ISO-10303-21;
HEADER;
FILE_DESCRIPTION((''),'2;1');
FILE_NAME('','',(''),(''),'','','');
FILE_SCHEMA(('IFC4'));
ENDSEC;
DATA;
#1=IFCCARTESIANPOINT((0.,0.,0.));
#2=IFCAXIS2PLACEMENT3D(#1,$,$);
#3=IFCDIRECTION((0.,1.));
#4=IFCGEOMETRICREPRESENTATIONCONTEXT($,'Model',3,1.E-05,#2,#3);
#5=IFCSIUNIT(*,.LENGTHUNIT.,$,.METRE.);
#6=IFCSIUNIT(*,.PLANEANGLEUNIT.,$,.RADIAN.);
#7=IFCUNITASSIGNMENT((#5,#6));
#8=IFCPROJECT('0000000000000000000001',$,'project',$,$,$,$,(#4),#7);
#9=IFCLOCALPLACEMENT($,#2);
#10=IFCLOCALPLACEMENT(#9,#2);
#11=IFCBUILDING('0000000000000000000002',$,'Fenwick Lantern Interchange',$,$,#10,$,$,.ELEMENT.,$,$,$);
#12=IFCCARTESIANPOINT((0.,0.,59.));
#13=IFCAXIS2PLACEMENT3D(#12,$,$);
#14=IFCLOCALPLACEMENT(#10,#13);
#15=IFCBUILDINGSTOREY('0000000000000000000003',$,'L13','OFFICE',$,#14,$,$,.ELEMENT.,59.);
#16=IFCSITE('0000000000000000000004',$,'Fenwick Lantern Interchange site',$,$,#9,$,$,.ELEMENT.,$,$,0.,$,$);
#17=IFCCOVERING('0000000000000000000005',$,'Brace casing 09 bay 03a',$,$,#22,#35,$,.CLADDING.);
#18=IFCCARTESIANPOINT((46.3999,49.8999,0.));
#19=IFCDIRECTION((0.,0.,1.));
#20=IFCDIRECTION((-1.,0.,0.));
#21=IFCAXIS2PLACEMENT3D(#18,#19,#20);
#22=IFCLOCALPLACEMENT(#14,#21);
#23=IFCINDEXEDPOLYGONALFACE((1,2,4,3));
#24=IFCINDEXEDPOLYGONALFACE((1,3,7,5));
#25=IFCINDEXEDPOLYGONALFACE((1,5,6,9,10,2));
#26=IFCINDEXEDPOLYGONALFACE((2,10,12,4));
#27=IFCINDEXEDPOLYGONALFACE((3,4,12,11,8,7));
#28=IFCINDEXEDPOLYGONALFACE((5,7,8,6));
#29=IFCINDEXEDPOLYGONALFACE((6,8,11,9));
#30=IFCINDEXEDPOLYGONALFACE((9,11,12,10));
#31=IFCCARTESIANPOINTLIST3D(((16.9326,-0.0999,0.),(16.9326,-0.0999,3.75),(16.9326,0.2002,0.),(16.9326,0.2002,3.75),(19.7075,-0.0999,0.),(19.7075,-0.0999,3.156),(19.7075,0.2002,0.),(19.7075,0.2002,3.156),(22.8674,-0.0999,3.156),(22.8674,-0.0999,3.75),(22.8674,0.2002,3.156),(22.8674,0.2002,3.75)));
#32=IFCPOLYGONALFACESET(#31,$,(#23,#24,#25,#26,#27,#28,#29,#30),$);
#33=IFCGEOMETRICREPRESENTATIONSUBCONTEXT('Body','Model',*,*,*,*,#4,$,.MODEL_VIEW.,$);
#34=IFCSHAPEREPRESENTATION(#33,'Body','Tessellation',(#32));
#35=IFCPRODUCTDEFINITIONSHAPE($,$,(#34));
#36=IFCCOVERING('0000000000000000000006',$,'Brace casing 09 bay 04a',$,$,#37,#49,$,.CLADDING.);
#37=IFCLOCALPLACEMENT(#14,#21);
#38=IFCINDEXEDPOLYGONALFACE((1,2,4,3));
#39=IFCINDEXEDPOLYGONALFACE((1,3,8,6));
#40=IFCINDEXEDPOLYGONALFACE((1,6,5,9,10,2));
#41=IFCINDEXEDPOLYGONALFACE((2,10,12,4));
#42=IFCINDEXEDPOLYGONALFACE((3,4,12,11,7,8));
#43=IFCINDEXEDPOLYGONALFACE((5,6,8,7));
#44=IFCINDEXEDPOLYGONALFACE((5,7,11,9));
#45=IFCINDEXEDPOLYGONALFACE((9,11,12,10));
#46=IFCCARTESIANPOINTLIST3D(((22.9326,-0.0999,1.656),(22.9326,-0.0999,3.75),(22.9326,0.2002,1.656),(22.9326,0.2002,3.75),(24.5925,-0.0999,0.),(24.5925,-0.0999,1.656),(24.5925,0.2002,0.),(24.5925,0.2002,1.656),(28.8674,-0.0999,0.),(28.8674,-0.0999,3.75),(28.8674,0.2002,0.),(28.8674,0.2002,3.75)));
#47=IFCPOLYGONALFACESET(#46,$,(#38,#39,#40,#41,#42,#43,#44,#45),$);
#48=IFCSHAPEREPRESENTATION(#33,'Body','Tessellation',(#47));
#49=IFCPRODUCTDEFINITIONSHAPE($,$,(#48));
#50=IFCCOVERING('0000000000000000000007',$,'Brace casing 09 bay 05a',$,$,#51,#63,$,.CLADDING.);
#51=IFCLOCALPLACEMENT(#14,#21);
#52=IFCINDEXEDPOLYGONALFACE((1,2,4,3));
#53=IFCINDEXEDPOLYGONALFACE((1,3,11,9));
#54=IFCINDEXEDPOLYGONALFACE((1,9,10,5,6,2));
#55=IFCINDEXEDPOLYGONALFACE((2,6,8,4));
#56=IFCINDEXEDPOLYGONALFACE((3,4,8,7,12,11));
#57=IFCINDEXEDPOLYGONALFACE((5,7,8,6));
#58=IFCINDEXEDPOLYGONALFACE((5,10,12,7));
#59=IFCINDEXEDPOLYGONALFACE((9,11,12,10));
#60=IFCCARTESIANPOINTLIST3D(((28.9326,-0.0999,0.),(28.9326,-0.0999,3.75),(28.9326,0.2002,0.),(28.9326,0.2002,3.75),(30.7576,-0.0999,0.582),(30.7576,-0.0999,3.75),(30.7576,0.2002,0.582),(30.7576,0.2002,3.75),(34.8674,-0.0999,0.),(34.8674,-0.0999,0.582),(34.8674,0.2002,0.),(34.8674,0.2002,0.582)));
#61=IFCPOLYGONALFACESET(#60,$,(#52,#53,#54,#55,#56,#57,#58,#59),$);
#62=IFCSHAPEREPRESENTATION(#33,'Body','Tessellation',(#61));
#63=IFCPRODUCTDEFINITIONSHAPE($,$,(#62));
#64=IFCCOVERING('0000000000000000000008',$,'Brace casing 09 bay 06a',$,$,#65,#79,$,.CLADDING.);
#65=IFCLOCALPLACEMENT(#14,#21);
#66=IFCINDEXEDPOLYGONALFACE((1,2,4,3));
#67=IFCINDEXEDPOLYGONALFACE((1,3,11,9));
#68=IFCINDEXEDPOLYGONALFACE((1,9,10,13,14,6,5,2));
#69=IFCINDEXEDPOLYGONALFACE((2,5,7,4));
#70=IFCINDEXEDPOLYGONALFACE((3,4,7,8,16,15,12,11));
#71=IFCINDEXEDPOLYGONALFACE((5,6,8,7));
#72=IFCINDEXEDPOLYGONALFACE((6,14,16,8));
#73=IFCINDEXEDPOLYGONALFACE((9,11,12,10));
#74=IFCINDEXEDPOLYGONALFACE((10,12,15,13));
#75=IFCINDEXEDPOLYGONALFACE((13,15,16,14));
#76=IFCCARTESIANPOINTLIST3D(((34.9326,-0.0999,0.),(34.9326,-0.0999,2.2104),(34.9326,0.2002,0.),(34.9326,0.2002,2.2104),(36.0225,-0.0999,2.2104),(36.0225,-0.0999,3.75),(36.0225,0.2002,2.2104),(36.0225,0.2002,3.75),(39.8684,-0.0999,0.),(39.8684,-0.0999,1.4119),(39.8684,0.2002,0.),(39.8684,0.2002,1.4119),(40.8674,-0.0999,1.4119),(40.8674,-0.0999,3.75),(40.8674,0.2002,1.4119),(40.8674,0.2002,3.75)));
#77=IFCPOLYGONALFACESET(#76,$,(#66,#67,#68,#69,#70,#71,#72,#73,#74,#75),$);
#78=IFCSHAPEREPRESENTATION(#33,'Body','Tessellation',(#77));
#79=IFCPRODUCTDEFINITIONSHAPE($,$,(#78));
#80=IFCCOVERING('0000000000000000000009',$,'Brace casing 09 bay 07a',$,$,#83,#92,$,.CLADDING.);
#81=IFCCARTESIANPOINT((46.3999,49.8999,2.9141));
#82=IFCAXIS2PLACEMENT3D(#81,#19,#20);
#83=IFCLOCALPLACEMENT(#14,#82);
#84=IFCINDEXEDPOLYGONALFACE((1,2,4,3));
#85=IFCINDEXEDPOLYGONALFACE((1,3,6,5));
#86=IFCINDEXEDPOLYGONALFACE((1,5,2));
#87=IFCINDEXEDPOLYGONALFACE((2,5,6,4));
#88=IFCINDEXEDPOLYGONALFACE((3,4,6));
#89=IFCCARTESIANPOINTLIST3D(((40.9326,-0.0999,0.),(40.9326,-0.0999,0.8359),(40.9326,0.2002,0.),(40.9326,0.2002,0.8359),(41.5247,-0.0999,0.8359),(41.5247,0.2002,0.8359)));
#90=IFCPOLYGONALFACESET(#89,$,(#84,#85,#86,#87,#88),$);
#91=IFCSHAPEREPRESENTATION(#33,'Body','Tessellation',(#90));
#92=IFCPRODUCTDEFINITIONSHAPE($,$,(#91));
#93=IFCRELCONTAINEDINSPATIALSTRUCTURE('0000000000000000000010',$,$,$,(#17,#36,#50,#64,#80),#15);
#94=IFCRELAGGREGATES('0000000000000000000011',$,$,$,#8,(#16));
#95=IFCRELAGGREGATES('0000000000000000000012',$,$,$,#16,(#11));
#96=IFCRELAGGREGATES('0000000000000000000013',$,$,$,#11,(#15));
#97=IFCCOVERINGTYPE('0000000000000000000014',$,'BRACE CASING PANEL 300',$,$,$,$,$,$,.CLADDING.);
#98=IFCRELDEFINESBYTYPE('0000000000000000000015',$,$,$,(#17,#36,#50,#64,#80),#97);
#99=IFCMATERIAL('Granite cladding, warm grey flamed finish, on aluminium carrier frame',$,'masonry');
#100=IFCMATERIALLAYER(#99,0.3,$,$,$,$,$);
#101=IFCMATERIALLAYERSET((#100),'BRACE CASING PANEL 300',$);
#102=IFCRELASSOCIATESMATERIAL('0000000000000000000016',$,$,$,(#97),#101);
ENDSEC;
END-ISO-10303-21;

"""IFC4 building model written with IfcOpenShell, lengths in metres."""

from ifc_helpers import new_model, si_unit, direction, frame, origin, place, context, subcontext, project, spatial, polyline, outline, extrude, material, layer, layer_set, type_object, element, save


model = new_model("IFC4")

# Units and contexts
model_context = context("Model", 3, precision=1e-05, world=origin(), true_north=direction((0.0, 1.0)))
body_context = subcontext(model_context, "Body", "Model", "MODEL_VIEW")
ifc_project = project(units=[si_unit("LENGTHUNIT", "METRE"), si_unit("PLANEANGLEUNIT", "RADIAN")], contexts=[model_context])

# Site, building, storey
site_placement = place(None, origin())
site = spatial("IfcSite", under=ifc_project, at=site_placement, Name="Fenwick Lantern Interchange site", CompositionType="ELEMENT", RefElevation=0.0)
building_placement = place(site_placement, origin())
building = spatial("IfcBuilding", under=site, at=building_placement, Name="Fenwick Lantern Interchange", CompositionType="ELEMENT")
storey_placement = place(building_placement, frame((0.0, 0.0, 59.0)))
storey = spatial("IfcBuildingStorey", under=building, at=storey_placement, Name="L13", Description="OFFICE", CompositionType="ELEMENT", Elevation=59.0)

# Coverings
ifc_material_1 = material(Name="Granite cladding, warm grey flamed finish, on aluminium carrier frame", Category="masonry")
ifc_layer_1 = layer(ifc_material_1, 0.3)
ifc_layer_set_1 = layer_set([ifc_layer_1], Name="BRACE CASING PANEL 300")
covering_type = type_object("IfcCoveringType", Name="BRACE CASING PANEL 300", PredefinedType="CLADDING", material=ifc_layer_set_1)
covering_1_placement = place(storey_placement, frame((46.3999, 49.8999, 0.0), z_axis=(0.0, 0.0, 1.0), x_axis=(-1.0, 0.0, 0.0)))
element("IfcCovering", 1, at=covering_1_placement, inside=storey, type_object=covering_type, Name="Brace casing 09 bay 03a", PredefinedType="CLADDING", context=body_context, shape_type="SweptSolid", body=[
    extrude(outline(polyline([(16.9326, 0.0), (19.7075, 0.0), (19.7075, 3.156), (22.8674, 3.156), (22.8674, 3.75), (16.9326, 3.75), (16.9326, 0.0)])), frame((0.0, 0.2002, 0.0), z_axis=(0.0, -1.0, 0.0), x_axis=(1.0, 0.0, 0.0)), (0.0, 0.0, 1.0), 0.3),
])
covering_2_placement = place(storey_placement, frame((46.3999, 49.8999, 0.0), z_axis=(0.0, 0.0, 1.0), x_axis=(-1.0, 0.0, 0.0)))
element("IfcCovering", 2, at=covering_2_placement, inside=storey, type_object=covering_type, Name="Brace casing 09 bay 04a", PredefinedType="CLADDING", context=body_context, shape_type="SweptSolid", body=[
    extrude(outline(polyline([(24.5925, 0.0), (28.8674, 0.0), (28.8674, 3.75), (22.9326, 3.75), (22.9326, 1.656), (24.5925, 1.656), (24.5925, 0.0)])), frame((0.0, 0.2002, 0.0), z_axis=(0.0, -1.0, 0.0), x_axis=(1.0, 0.0, 0.0)), (0.0, 0.0, 1.0), 0.3),
])
covering_3_placement = place(storey_placement, frame((46.3999, 49.8999, 0.0), z_axis=(0.0, 0.0, 1.0), x_axis=(-1.0, 0.0, 0.0)))
element("IfcCovering", 3, at=covering_3_placement, inside=storey, type_object=covering_type, Name="Brace casing 09 bay 05a", PredefinedType="CLADDING", context=body_context, shape_type="SweptSolid", body=[
    extrude(outline(polyline([(28.9326, 0.0), (34.8674, 0.0), (34.8674, 0.582), (30.7576, 0.582), (30.7576, 3.75), (28.9326, 3.75), (28.9326, 0.0)])), frame((0.0, 0.2002, 0.0), z_axis=(0.0, -1.0, 0.0), x_axis=(1.0, 0.0, 0.0)), (0.0, 0.0, 1.0), 0.3),
])
covering_4_placement = place(storey_placement, frame((46.3999, 49.8999, 0.0), z_axis=(0.0, 0.0, 1.0), x_axis=(-1.0, 0.0, 0.0)))
element("IfcCovering", 4, at=covering_4_placement, inside=storey, type_object=covering_type, Name="Brace casing 09 bay 06a", PredefinedType="CLADDING", context=body_context, shape_type="SweptSolid", body=[
    extrude(outline(polyline([(34.9326, 0.0), (39.8684, 0.0), (39.8684, 1.4119), (40.8674, 1.4119), (40.8674, 3.75), (36.0225, 3.75), (36.0225, 2.2104), (34.9326, 2.2104), (34.9326, 0.0)])), frame((0.0, 0.2002, 0.0), z_axis=(0.0, -1.0, 0.0), x_axis=(1.0, 0.0, 0.0)), (0.0, 0.0, 1.0), 0.3),
])
covering_5_placement = place(storey_placement, frame((46.3999, 49.8999, 2.9141), z_axis=(0.0, 0.0, 1.0), x_axis=(-1.0, 0.0, 0.0)))
element("IfcCovering", 5, at=covering_5_placement, inside=storey, type_object=covering_type, Name="Brace casing 09 bay 07a", PredefinedType="CLADDING", context=body_context, shape_type="SweptSolid", body=[
    extrude(outline(polyline([(40.9326, 0.0), (41.5247, 0.8359), (40.9326, 0.8359), (40.9326, 0.0)])), frame((0.0, 0.2002, 0.0), z_axis=(0.0, -1.0, 0.0), x_axis=(1.0, 0.0, 0.0)), (0.0, 0.0, 1.0), 0.3),
])

save(model, "model.ifc")
